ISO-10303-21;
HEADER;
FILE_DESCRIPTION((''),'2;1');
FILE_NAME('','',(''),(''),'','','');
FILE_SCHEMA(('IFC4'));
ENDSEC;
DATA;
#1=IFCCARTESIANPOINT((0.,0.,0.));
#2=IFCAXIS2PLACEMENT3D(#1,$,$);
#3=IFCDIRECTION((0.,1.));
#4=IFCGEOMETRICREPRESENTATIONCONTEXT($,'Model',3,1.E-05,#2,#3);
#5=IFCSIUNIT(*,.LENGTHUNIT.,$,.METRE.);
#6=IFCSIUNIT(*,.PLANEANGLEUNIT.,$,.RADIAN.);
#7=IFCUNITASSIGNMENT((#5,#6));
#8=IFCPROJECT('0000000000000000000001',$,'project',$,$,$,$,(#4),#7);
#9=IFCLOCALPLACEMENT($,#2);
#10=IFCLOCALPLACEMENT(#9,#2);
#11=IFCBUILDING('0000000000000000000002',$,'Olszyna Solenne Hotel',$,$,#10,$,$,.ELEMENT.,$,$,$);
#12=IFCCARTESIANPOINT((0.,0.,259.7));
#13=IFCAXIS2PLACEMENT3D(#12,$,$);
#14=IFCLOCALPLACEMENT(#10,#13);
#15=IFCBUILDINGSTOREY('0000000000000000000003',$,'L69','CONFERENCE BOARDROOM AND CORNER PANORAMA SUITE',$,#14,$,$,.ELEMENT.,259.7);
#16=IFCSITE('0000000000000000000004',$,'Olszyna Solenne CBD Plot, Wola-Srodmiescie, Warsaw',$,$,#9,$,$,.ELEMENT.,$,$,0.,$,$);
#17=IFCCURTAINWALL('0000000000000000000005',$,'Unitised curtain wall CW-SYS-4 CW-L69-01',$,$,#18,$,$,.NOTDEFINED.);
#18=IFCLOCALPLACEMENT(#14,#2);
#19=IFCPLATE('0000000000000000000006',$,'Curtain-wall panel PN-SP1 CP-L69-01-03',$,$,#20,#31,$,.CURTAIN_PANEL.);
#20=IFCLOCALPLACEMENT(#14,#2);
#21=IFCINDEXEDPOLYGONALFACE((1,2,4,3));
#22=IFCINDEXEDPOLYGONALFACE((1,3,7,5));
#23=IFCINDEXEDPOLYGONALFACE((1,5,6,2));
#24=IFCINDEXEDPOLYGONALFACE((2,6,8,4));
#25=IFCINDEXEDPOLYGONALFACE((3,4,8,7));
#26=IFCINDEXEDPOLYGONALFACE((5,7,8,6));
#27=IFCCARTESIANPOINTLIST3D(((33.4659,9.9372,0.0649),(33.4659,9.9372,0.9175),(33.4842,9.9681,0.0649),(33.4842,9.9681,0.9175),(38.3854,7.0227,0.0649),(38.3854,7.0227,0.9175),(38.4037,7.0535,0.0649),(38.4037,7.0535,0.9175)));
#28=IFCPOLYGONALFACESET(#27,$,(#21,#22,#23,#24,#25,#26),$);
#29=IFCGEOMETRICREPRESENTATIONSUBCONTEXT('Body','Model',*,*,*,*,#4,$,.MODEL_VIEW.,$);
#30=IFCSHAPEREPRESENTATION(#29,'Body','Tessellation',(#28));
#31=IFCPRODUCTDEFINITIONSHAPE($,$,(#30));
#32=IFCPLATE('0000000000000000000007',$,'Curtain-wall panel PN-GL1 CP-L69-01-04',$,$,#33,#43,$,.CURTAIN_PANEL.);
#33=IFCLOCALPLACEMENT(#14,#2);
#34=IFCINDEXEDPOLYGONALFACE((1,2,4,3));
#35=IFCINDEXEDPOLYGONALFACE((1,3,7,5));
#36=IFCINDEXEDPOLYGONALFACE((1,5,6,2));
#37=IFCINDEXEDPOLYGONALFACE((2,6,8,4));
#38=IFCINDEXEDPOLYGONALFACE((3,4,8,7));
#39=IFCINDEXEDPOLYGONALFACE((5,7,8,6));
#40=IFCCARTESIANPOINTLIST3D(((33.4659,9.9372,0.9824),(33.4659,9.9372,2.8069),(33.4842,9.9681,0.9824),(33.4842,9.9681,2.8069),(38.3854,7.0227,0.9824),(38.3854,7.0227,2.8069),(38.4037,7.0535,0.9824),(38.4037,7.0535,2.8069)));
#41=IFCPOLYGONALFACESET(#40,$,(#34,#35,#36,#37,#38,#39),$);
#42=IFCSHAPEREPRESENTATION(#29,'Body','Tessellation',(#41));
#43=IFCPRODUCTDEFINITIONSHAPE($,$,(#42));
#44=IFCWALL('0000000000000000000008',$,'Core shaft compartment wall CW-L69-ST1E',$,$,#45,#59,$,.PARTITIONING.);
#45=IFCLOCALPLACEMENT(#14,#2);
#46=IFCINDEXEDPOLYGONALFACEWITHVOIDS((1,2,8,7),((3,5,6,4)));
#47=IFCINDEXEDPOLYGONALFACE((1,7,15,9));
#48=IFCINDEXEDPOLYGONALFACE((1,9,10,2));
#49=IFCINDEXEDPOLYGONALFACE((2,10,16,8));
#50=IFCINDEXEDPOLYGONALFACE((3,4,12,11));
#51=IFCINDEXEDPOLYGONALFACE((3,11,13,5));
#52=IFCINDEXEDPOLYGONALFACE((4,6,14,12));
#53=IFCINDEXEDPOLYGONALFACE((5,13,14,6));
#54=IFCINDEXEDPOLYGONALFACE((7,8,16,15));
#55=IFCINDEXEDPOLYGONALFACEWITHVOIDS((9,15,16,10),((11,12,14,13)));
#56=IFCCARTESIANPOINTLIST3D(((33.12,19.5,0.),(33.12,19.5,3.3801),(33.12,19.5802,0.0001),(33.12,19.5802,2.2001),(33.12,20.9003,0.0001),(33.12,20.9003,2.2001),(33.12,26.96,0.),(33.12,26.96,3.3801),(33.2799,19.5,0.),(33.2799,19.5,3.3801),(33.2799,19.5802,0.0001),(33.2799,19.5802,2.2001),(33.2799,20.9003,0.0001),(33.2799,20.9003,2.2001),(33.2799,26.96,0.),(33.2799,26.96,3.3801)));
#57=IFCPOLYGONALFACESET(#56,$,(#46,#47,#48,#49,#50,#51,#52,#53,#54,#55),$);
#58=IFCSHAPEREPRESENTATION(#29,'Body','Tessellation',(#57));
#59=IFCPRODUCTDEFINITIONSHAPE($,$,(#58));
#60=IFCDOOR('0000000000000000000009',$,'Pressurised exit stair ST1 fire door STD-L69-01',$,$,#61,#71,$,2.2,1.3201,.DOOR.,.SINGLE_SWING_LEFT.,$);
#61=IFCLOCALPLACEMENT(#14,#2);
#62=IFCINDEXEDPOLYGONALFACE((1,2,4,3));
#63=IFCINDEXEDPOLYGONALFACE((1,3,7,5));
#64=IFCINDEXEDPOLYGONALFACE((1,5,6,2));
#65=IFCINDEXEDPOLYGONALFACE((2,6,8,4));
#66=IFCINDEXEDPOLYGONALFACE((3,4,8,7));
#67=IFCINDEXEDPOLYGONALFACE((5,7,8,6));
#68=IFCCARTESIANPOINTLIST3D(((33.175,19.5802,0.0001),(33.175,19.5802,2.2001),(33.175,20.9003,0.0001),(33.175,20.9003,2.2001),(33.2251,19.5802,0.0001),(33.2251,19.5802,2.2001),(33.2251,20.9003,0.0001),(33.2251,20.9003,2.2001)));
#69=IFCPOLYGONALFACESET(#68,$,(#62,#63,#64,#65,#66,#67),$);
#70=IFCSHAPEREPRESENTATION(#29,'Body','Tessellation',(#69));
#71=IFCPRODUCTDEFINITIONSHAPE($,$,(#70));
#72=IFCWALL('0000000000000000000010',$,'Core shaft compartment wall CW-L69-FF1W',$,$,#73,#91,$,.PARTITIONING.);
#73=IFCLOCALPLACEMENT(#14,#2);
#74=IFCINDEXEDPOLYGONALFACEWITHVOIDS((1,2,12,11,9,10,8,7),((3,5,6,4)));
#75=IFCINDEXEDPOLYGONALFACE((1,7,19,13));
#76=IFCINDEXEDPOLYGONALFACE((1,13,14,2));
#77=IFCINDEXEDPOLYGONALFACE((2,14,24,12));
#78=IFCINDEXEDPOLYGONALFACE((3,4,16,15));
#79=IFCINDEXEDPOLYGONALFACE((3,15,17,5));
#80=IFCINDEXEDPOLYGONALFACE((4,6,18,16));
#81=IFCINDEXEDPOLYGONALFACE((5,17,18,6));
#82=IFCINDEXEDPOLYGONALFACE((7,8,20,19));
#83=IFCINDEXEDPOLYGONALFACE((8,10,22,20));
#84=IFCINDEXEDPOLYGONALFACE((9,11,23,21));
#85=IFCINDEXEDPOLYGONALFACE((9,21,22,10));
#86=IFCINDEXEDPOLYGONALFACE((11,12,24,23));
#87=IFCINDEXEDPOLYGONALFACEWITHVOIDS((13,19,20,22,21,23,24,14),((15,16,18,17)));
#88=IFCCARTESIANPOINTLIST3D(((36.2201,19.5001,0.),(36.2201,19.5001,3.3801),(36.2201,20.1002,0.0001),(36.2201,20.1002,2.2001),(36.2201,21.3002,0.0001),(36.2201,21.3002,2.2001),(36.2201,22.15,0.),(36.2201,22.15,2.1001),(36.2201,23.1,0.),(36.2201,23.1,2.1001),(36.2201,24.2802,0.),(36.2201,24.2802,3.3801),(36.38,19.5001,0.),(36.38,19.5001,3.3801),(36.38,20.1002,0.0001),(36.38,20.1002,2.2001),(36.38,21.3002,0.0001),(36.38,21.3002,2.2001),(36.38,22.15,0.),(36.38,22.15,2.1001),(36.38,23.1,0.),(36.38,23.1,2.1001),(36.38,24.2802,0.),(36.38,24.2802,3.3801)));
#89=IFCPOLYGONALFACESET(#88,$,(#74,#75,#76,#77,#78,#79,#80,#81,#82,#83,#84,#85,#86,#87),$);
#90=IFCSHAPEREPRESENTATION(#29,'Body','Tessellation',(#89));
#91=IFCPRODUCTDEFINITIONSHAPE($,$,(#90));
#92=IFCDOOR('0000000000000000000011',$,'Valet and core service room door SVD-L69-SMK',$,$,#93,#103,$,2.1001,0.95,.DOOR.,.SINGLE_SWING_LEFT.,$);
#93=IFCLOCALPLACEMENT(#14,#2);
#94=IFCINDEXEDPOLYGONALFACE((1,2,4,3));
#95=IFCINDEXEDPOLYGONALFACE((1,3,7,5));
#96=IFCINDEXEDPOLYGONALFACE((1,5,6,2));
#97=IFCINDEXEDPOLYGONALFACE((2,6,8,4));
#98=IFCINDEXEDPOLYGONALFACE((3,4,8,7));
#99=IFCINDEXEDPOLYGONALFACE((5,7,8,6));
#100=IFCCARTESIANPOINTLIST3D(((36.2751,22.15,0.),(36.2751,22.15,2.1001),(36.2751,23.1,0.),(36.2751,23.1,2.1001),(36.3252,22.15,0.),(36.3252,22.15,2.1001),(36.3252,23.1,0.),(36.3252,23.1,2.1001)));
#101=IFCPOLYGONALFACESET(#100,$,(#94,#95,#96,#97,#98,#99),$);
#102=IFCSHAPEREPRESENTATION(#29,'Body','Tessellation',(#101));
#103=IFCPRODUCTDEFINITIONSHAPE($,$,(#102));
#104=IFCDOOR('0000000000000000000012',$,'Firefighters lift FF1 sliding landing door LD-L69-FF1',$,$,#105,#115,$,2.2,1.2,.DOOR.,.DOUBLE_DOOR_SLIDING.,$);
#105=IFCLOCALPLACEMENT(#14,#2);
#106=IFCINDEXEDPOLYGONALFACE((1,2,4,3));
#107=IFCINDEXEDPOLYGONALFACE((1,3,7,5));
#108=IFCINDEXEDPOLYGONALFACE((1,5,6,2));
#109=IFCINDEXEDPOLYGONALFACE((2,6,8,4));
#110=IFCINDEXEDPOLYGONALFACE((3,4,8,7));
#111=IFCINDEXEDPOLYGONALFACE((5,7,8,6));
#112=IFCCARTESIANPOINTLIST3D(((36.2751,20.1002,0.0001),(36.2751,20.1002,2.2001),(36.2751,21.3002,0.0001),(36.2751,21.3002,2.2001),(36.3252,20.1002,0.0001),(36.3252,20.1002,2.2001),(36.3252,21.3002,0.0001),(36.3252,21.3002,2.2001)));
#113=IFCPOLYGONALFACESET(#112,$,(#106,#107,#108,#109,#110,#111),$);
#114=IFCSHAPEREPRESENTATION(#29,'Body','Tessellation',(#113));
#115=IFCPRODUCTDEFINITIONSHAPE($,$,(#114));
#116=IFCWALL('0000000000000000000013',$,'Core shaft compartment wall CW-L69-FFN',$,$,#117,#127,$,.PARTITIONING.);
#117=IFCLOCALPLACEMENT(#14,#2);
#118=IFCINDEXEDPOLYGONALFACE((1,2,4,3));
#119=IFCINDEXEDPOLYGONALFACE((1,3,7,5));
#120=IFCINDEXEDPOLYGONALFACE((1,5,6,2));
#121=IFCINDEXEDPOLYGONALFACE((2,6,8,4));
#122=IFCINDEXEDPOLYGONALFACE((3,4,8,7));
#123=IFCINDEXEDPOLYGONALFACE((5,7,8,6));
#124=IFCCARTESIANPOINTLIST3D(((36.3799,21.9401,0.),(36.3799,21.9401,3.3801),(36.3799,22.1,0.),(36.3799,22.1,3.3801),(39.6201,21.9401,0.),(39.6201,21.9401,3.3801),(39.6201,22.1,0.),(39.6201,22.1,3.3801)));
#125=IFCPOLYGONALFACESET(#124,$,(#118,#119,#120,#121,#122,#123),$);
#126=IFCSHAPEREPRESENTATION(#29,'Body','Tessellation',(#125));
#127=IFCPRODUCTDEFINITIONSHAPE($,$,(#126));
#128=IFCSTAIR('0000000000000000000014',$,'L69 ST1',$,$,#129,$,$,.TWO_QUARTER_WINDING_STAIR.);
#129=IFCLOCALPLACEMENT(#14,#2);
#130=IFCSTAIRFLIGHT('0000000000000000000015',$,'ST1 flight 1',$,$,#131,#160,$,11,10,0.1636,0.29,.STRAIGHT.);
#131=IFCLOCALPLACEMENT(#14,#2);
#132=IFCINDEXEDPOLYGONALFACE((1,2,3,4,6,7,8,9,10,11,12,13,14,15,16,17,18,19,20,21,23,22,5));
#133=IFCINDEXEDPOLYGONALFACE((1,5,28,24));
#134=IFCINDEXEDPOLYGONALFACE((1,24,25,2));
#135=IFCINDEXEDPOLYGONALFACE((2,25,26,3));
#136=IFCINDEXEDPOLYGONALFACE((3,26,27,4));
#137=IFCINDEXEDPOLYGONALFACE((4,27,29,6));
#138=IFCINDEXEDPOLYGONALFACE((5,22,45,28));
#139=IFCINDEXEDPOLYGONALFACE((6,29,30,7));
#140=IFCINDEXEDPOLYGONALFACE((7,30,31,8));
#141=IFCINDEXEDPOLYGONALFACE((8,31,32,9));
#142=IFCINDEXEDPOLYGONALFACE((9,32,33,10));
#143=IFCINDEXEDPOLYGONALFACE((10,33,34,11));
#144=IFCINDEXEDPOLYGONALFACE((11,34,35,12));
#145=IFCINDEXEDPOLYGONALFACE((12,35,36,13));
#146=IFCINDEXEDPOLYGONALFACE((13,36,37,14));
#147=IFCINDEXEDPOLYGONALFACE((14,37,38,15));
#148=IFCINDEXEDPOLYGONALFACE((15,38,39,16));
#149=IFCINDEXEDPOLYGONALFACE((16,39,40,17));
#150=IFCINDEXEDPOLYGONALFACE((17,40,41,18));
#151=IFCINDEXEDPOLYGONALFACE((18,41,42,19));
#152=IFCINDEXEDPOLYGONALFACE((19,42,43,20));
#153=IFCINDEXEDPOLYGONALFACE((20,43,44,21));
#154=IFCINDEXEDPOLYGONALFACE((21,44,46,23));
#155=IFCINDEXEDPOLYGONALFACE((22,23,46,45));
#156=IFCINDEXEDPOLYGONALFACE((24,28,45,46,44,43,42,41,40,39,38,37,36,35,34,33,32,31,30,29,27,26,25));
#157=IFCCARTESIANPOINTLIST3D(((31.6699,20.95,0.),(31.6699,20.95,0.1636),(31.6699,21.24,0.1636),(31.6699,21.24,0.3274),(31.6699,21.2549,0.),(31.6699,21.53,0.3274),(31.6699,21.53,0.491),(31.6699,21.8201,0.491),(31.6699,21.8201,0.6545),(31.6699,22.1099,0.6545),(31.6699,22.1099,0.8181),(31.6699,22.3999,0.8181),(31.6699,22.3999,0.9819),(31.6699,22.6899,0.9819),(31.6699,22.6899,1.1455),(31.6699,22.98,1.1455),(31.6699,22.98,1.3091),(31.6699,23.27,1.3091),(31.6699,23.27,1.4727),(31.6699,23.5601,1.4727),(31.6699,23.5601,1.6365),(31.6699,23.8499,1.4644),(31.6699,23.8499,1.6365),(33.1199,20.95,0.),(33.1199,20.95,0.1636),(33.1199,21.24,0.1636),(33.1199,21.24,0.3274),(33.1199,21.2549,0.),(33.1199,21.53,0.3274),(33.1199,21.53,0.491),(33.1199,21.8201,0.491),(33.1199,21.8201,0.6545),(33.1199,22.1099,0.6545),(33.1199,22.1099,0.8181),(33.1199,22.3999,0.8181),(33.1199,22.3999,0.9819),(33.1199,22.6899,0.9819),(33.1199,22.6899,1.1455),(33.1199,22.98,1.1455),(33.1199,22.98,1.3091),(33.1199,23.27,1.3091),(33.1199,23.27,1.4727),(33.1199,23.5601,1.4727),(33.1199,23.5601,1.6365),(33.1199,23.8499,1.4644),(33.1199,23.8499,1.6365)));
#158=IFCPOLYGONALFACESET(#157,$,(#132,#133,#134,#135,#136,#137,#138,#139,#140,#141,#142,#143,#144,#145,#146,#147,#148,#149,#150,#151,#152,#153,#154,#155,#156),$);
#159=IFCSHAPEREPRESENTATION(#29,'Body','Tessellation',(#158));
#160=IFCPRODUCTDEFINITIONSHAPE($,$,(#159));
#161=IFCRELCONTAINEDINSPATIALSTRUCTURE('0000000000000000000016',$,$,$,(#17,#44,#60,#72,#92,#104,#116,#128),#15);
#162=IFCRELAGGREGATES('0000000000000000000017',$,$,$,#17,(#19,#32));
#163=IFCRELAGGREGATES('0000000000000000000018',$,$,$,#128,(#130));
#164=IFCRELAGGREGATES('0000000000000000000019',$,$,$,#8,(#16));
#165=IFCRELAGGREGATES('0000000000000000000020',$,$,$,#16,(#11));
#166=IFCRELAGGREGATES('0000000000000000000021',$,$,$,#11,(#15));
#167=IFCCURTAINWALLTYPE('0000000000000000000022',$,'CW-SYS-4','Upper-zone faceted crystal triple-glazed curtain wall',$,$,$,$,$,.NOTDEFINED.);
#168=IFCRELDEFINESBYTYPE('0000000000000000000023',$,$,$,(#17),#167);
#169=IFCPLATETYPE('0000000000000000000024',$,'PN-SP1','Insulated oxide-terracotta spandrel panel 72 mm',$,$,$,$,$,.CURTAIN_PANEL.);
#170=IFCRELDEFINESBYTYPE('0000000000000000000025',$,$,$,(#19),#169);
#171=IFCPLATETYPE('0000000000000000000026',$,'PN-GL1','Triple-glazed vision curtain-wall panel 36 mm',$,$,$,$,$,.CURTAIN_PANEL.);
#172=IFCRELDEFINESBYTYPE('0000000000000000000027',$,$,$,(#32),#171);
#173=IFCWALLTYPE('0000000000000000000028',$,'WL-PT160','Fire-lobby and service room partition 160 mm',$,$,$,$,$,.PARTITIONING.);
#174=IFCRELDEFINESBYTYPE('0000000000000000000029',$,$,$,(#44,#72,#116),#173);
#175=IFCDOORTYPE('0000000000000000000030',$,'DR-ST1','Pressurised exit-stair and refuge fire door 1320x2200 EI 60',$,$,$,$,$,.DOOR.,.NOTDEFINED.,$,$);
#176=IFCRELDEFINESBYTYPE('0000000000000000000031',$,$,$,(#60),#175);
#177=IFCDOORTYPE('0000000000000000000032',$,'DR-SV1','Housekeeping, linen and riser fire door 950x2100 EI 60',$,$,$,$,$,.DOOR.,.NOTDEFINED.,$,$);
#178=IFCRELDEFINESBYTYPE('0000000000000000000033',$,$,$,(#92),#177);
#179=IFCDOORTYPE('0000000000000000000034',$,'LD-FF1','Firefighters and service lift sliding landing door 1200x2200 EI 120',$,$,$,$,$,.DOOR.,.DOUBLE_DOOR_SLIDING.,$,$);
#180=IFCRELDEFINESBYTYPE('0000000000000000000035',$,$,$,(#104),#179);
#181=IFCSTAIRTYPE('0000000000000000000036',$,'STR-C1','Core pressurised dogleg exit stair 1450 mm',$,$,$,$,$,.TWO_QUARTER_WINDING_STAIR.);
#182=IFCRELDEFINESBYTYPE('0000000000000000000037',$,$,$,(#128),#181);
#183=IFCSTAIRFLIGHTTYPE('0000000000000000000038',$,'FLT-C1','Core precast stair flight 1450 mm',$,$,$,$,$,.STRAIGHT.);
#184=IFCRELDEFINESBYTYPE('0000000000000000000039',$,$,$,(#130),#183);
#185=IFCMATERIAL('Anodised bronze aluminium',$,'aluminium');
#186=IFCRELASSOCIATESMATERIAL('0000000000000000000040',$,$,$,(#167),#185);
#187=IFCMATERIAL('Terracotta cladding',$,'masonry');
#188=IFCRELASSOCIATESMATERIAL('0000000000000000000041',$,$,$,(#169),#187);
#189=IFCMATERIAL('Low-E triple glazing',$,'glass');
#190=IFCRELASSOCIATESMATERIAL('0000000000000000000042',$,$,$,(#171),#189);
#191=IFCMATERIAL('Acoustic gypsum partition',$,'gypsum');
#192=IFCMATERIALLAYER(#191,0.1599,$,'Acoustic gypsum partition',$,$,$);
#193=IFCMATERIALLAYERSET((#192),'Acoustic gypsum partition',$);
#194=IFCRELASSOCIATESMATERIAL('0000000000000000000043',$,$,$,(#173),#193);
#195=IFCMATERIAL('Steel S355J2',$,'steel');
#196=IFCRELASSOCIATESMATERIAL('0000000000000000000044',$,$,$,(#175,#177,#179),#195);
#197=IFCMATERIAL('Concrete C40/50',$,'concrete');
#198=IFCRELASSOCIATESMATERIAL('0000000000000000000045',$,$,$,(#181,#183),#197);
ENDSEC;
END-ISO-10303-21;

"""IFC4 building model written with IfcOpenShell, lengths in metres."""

from ifc_helpers import new_model, si_unit, direction, frame, frame_2d, origin, origin_2d, place, context, subcontext, project, spatial, polyline, rectangle, outline, extrude, source, transform, mapped, material, layer, layer_set, type_object, type_shapes, element, fill, aggregate, save


model = new_model("IFC4")

# Units and contexts
model_context = context("Model", 3, precision=1e-05, world=origin(), true_north=direction((0.0, 1.0)))
body_context = subcontext(model_context, "Body", "Model", "MODEL_VIEW")
ifc_project = project(units=[si_unit("LENGTHUNIT", "METRE"), si_unit("PLANEANGLEUNIT", "RADIAN")], contexts=[model_context])

# Site, building, storey
site_placement = place(None, origin())
site = spatial("IfcSite", under=ifc_project, at=site_placement, Name="Olszyna Solenne CBD Plot, Wola-Srodmiescie, Warsaw", CompositionType="ELEMENT", RefElevation=0.0)
building_placement = place(site_placement, origin())
building = spatial("IfcBuilding", under=site, at=building_placement, Name="Olszyna Solenne Hotel", CompositionType="ELEMENT")
storey_placement = place(building_placement, frame((0.0, 0.0, 259.7)))
storey = spatial("IfcBuildingStorey", under=building, at=storey_placement, Name="L69", Description="CONFERENCE BOARDROOM AND CORNER PANORAMA SUITE", CompositionType="ELEMENT", Elevation=259.7)

# Shared definitions
ifc_material_1 = material(Name="Steel S355J2", Category="steel")

# Curtain wall
ifc_material_2 = material(Name="Anodised bronze aluminium", Category="aluminium")
curtain_wall_type = type_object("IfcCurtainWallType", Name="CW-SYS-4", Description="Upper-zone faceted crystal triple-glazed curtain wall", PredefinedType="NOTDEFINED", material=ifc_material_2)
curtain_wall_placement = place(storey_placement, origin())
curtain_wall = element("IfcCurtainWall", 1, at=curtain_wall_placement, inside=storey, type_object=curtain_wall_type, Name="Unitised curtain wall CW-SYS-4 CW-L69-01", PredefinedType="NOTDEFINED")

# Plates
ifc_material_3 = material(Name="Terracotta cladding", Category="masonry")
plate_type_1 = type_object("IfcPlateType", Name="PN-SP1", Description="Insulated oxide-terracotta spandrel panel 72 mm", PredefinedType="CURTAIN_PANEL", material=ifc_material_3)
ifc_material_4 = material(Name="Low-E triple glazing", Category="glass")
plate_type_2 = type_object("IfcPlateType", Name="PN-GL1", Description="Triple-glazed vision curtain-wall panel 36 mm", PredefinedType="CURTAIN_PANEL", material=ifc_material_4)
shared_shape_1 = source(origin(), body_context, "Body", "SweptSolid", [
    extrude(rectangle(XDim=5.718, YDim=0.0359, at=origin_2d()), origin(), (0.0, 0.0, 1.0), 0.8525),
])
plate_1_placement = place(storey_placement, frame((35.9348, 8.4954, 0.0649), z_axis=(0.0, 0.0, 1.0), x_axis=(0.860347, -0.509709, 0.0)))
plate_1 = element("IfcPlate", 2, at=plate_1_placement, type_object=plate_type_1, Name="Curtain-wall panel PN-SP1 CP-L69-01-03", PredefinedType="CURTAIN_PANEL", context=body_context, shape_type="MappedRepresentation", body=[
    mapped(shared_shape_1, transform((0.0, 0.0, 0.0), x_axis=(1.0, 0.0, 0.0), y_axis=(0.0, 1.0, 0.0), z_axis=(0.0, 0.0, 1.0), scale=1.0)),
])
shared_shape_2 = source(origin(), body_context, "Body", "SweptSolid", [
    extrude(rectangle(XDim=5.718, YDim=0.0359, at=origin_2d()), origin(), (0.0, 0.0, 1.0), 1.8245),
])
plate_2_placement = place(storey_placement, frame((35.9348, 8.4954, 0.9824), z_axis=(0.0, 0.0, 1.0), x_axis=(0.860347, -0.509709, 0.0)))
plate_2 = element("IfcPlate", 3, at=plate_2_placement, type_object=plate_type_2, Name="Curtain-wall panel PN-GL1 CP-L69-01-04", PredefinedType="CURTAIN_PANEL", context=body_context, shape_type="MappedRepresentation", body=[
    mapped(shared_shape_2, transform((0.0, 0.0, 0.0), x_axis=(1.0, 0.0, 0.0), y_axis=(0.0, 1.0, 0.0), z_axis=(0.0, 0.0, 1.0), scale=1.0)),
])
aggregate(curtain_wall, [plate_1, plate_2])

# Wall, opening, door
ifc_material_5 = material(Name="Acoustic gypsum partition", Category="gypsum")
ifc_layer = layer(ifc_material_5, 0.1599, Name="Acoustic gypsum partition")
ifc_layer_set = layer_set([ifc_layer], Name="Acoustic gypsum partition")
wall_type = type_object("IfcWallType", Name="WL-PT160", Description="Fire-lobby and service room partition 160 mm", PredefinedType="PARTITIONING", material=ifc_layer_set)
wall_1_placement = place(storey_placement, frame((33.2, 19.5, 0.0), z_axis=(0.0, 0.0, 1.0), x_axis=(0.0, 1.0, 0.0)))
wall_1 = element("IfcWall", 4, at=wall_1_placement, inside=storey, type_object=wall_type, Name="Core shaft compartment wall CW-L69-ST1E", PredefinedType="PARTITIONING", context=body_context, shape_type="SweptSolid", body=[
    extrude(rectangle(XDim=7.46, YDim=0.1599, at=frame_2d((3.73, 0.0))), origin(), (0.0, 0.0, 1.0), 3.3801),
])
opening_1_placement = place(wall_1_placement, frame((0.0801, 0.0, 0.0)))
opening_1 = element("IfcOpeningElement", 5, at=opening_1_placement, cuts=wall_1, PredefinedType="OPENING", context=body_context, shape_type="SweptSolid", body=[
    extrude(rectangle(XDim=1.3201, YDim=2.2, at=frame_2d((0.6602, 1.1001))), frame((0.0, 0.0898, 0.0), z_axis=(0.0, -1.0, 0.0), x_axis=(1.0, 0.0, 0.0)), (0.0, 0.0, 1.0), 0.1799),
])
door_type_1 = type_object("IfcDoorType", Name="DR-ST1", Description="Pressurised exit-stair and refuge fire door 1320x2200 EI 60", OperationType="NOTDEFINED", PredefinedType="DOOR", material=ifc_material_1)
shared_shape_3 = source(origin(), body_context, "Body", "SweptSolid", [
    extrude(rectangle(XDim=1.3201, YDim=2.2, at=frame_2d((0.6602, 1.1001))), frame((0.0, 0.0249, 0.0), z_axis=(0.0, -1.0, 0.0), x_axis=(1.0, 0.0, 0.0)), (0.0, 0.0, 1.0), 0.05),
])
type_shapes(door_type_1, [shared_shape_3])
door_1_placement = place(opening_1_placement, origin())
door_1 = element("IfcDoor", 6, at=door_1_placement, inside=storey, type_object=door_type_1, Name="Pressurised exit stair ST1 fire door STD-L69-01", OperationType="SINGLE_SWING_LEFT", OverallHeight=2.2, OverallWidth=1.3201, PredefinedType="DOOR", context=body_context, shape_type="MappedRepresentation", body=[
    mapped(shared_shape_3, transform((0.0, 0.0, 0.0), x_axis=(1.0, 0.0, 0.0), y_axis=(0.0, 1.0, 0.0), z_axis=(0.0, 0.0, 1.0), scale=1.0)),
])
fill(opening_1, door_1)

# Wall, openings, doors
wall_2_placement = place(storey_placement, frame((36.3, 19.5, 0.0), z_axis=(0.0, 0.0, 1.0), x_axis=(0.0, 1.0, 0.0)))
wall_2 = element("IfcWall", 7, at=wall_2_placement, inside=storey, type_object=wall_type, Name="Core shaft compartment wall CW-L69-FF1W", PredefinedType="PARTITIONING", context=body_context, shape_type="SweptSolid", body=[
    extrude(rectangle(XDim=4.78, YDim=0.1599, at=frame_2d((2.3901, 0.0))), origin(), (0.0, 0.0, 1.0), 3.3801),
])
opening_2_placement = place(wall_2_placement, frame((0.6001, 0.0, 0.0)))
opening_2 = element("IfcOpeningElement", 8, at=opening_2_placement, cuts=wall_2, PredefinedType="OPENING", context=body_context, shape_type="SweptSolid", body=[
    extrude(rectangle(XDim=1.2, YDim=2.2, at=frame_2d((0.6001, 1.1001))), frame((0.0, 0.0898, 0.0), z_axis=(0.0, -1.0, 0.0), x_axis=(1.0, 0.0, 0.0)), (0.0, 0.0, 1.0), 0.1799),
])
opening_3_placement = place(wall_2_placement, frame((2.6499, 0.0, 0.0)))
opening_3 = element("IfcOpeningElement", 9, at=opening_3_placement, cuts=wall_2, PredefinedType="OPENING", context=body_context, shape_type="SweptSolid", body=[
    extrude(rectangle(XDim=0.95, YDim=2.1001, at=frame_2d((0.4751, 1.05))), frame((0.0, 0.0898, 0.0), z_axis=(0.0, -1.0, 0.0), x_axis=(1.0, 0.0, 0.0)), (0.0, 0.0, 1.0), 0.1799),
])
door_type_2 = type_object("IfcDoorType", Name="DR-SV1", Description="Housekeeping, linen and riser fire door 950x2100 EI 60", OperationType="NOTDEFINED", PredefinedType="DOOR", material=ifc_material_1)
shared_shape_4 = source(origin(), body_context, "Body", "SweptSolid", [
    extrude(rectangle(XDim=0.95, YDim=2.1001, at=frame_2d((0.4751, 1.05))), frame((0.0, 0.0249, 0.0), z_axis=(0.0, -1.0, 0.0), x_axis=(1.0, 0.0, 0.0)), (0.0, 0.0, 1.0), 0.05),
])
type_shapes(door_type_2, [shared_shape_4])
door_2_placement = place(opening_3_placement, origin())
door_2 = element("IfcDoor", 10, at=door_2_placement, inside=storey, type_object=door_type_2, Name="Valet and core service room door SVD-L69-SMK", OperationType="SINGLE_SWING_LEFT", OverallHeight=2.1001, OverallWidth=0.95, PredefinedType="DOOR", context=body_context, shape_type="MappedRepresentation", body=[
    mapped(shared_shape_4, transform((0.0, 0.0, 0.0), x_axis=(1.0, 0.0, 0.0), y_axis=(0.0, 1.0, 0.0), z_axis=(0.0, 0.0, 1.0), scale=1.0)),
])
fill(opening_3, door_2)
door_type_3 = type_object("IfcDoorType", Name="LD-FF1", Description="Firefighters and service lift sliding landing door 1200x2200 EI 120", OperationType="DOUBLE_DOOR_SLIDING", PredefinedType="DOOR", material=ifc_material_1)
shared_shape_5 = source(origin(), body_context, "Body", "SweptSolid", [
    extrude(rectangle(XDim=1.2, YDim=2.2, at=frame_2d((0.6001, 1.1001))), frame((0.0, 0.0249, 0.0), z_axis=(0.0, -1.0, 0.0), x_axis=(1.0, 0.0, 0.0)), (0.0, 0.0, 1.0), 0.05),
])
type_shapes(door_type_3, [shared_shape_5])
door_3_placement = place(opening_2_placement, origin())
door_3 = element("IfcDoor", 11, at=door_3_placement, inside=storey, type_object=door_type_3, Name="Firefighters lift FF1 sliding landing door LD-L69-FF1", OperationType="DOUBLE_DOOR_SLIDING", OverallHeight=2.2, OverallWidth=1.2, PredefinedType="DOOR", context=body_context, shape_type="MappedRepresentation", body=[
    mapped(shared_shape_5, transform((0.0, 0.0, 0.0), x_axis=(1.0, 0.0, 0.0), y_axis=(0.0, 1.0, 0.0), z_axis=(0.0, 0.0, 1.0), scale=1.0)),
])
fill(opening_2, door_3)

# Wall
wall_3_placement = place(storey_placement, frame((36.3799, 22.02, 0.0), z_axis=(0.0, 0.0, 1.0), x_axis=(1.0, 0.0, 0.0)))
element("IfcWall", 12, at=wall_3_placement, inside=storey, type_object=wall_type, Name="Core shaft compartment wall CW-L69-FFN", PredefinedType="PARTITIONING", context=body_context, shape_type="SweptSolid", body=[
    extrude(rectangle(XDim=3.2402, YDim=0.1599, at=frame_2d((1.6201, 0.0))), origin(), (0.0, 0.0, 1.0), 3.3801),
])

# Stair, stair flight
ifc_material_6 = material(Name="Concrete C40/50", Category="concrete")
stair_type = type_object("IfcStairType", Name="STR-C1", Description="Core pressurised dogleg exit stair 1450 mm", PredefinedType="TWO_QUARTER_WINDING_STAIR", material=ifc_material_6)
stair_placement = place(storey_placement, origin())
stair = element("IfcStair", 13, at=stair_placement, inside=storey, type_object=stair_type, Name="L69 ST1", PredefinedType="TWO_QUARTER_WINDING_STAIR")
stair_flight_type = type_object("IfcStairFlightType", Name="FLT-C1", Description="Core precast stair flight 1450 mm", PredefinedType="STRAIGHT", material=ifc_material_6)
stair_flight_1_placement = place(storey_placement, frame((32.395, 20.95, 0.0), z_axis=(0.0, 0.0, 1.0), x_axis=(0.0, 1.0, 0.0)))
stair_flight_1 = element("IfcStairFlight", 14, at=stair_flight_1_placement, type_object=stair_flight_type, Name="ST1 flight 1", NumberOfRisers=11, NumberOfTreads=10, PredefinedType="STRAIGHT", RiserHeight=0.1636, TreadLength=0.29, context=body_context, shape_type="SweptSolid", body=[
    extrude(outline(polyline([(0.0, 0.0), (0.0, 0.1636), (0.29, 0.1636), (0.29, 0.3274), (0.5801, 0.3274), (0.5801, 0.491), (0.8701, 0.491), (0.8701, 0.6545), (1.1599, 0.6545), (1.1599, 0.8181), (1.45, 0.8181), (1.45, 0.9819), (1.74, 0.9819), (1.74, 1.1455), (2.03, 1.1455), (2.03, 1.3091), (2.3201, 1.3091), (2.3201, 1.4727), (2.6101, 1.4727), (2.6101, 1.6365), (2.8999, 1.6365), (2.8999, 1.8), (2.8999, 1.4644), (0.3049, 0.0), (0.0, 0.0)])), frame((0.0, 0.7251, 0.0), z_axis=(0.0, -1.0, 0.0), x_axis=(1.0, 0.0, 0.0)), (0.0, 0.0, 1.0), 1.45),
])
aggregate(stair, [stair_flight_1])

save(model, "model.ifc")
